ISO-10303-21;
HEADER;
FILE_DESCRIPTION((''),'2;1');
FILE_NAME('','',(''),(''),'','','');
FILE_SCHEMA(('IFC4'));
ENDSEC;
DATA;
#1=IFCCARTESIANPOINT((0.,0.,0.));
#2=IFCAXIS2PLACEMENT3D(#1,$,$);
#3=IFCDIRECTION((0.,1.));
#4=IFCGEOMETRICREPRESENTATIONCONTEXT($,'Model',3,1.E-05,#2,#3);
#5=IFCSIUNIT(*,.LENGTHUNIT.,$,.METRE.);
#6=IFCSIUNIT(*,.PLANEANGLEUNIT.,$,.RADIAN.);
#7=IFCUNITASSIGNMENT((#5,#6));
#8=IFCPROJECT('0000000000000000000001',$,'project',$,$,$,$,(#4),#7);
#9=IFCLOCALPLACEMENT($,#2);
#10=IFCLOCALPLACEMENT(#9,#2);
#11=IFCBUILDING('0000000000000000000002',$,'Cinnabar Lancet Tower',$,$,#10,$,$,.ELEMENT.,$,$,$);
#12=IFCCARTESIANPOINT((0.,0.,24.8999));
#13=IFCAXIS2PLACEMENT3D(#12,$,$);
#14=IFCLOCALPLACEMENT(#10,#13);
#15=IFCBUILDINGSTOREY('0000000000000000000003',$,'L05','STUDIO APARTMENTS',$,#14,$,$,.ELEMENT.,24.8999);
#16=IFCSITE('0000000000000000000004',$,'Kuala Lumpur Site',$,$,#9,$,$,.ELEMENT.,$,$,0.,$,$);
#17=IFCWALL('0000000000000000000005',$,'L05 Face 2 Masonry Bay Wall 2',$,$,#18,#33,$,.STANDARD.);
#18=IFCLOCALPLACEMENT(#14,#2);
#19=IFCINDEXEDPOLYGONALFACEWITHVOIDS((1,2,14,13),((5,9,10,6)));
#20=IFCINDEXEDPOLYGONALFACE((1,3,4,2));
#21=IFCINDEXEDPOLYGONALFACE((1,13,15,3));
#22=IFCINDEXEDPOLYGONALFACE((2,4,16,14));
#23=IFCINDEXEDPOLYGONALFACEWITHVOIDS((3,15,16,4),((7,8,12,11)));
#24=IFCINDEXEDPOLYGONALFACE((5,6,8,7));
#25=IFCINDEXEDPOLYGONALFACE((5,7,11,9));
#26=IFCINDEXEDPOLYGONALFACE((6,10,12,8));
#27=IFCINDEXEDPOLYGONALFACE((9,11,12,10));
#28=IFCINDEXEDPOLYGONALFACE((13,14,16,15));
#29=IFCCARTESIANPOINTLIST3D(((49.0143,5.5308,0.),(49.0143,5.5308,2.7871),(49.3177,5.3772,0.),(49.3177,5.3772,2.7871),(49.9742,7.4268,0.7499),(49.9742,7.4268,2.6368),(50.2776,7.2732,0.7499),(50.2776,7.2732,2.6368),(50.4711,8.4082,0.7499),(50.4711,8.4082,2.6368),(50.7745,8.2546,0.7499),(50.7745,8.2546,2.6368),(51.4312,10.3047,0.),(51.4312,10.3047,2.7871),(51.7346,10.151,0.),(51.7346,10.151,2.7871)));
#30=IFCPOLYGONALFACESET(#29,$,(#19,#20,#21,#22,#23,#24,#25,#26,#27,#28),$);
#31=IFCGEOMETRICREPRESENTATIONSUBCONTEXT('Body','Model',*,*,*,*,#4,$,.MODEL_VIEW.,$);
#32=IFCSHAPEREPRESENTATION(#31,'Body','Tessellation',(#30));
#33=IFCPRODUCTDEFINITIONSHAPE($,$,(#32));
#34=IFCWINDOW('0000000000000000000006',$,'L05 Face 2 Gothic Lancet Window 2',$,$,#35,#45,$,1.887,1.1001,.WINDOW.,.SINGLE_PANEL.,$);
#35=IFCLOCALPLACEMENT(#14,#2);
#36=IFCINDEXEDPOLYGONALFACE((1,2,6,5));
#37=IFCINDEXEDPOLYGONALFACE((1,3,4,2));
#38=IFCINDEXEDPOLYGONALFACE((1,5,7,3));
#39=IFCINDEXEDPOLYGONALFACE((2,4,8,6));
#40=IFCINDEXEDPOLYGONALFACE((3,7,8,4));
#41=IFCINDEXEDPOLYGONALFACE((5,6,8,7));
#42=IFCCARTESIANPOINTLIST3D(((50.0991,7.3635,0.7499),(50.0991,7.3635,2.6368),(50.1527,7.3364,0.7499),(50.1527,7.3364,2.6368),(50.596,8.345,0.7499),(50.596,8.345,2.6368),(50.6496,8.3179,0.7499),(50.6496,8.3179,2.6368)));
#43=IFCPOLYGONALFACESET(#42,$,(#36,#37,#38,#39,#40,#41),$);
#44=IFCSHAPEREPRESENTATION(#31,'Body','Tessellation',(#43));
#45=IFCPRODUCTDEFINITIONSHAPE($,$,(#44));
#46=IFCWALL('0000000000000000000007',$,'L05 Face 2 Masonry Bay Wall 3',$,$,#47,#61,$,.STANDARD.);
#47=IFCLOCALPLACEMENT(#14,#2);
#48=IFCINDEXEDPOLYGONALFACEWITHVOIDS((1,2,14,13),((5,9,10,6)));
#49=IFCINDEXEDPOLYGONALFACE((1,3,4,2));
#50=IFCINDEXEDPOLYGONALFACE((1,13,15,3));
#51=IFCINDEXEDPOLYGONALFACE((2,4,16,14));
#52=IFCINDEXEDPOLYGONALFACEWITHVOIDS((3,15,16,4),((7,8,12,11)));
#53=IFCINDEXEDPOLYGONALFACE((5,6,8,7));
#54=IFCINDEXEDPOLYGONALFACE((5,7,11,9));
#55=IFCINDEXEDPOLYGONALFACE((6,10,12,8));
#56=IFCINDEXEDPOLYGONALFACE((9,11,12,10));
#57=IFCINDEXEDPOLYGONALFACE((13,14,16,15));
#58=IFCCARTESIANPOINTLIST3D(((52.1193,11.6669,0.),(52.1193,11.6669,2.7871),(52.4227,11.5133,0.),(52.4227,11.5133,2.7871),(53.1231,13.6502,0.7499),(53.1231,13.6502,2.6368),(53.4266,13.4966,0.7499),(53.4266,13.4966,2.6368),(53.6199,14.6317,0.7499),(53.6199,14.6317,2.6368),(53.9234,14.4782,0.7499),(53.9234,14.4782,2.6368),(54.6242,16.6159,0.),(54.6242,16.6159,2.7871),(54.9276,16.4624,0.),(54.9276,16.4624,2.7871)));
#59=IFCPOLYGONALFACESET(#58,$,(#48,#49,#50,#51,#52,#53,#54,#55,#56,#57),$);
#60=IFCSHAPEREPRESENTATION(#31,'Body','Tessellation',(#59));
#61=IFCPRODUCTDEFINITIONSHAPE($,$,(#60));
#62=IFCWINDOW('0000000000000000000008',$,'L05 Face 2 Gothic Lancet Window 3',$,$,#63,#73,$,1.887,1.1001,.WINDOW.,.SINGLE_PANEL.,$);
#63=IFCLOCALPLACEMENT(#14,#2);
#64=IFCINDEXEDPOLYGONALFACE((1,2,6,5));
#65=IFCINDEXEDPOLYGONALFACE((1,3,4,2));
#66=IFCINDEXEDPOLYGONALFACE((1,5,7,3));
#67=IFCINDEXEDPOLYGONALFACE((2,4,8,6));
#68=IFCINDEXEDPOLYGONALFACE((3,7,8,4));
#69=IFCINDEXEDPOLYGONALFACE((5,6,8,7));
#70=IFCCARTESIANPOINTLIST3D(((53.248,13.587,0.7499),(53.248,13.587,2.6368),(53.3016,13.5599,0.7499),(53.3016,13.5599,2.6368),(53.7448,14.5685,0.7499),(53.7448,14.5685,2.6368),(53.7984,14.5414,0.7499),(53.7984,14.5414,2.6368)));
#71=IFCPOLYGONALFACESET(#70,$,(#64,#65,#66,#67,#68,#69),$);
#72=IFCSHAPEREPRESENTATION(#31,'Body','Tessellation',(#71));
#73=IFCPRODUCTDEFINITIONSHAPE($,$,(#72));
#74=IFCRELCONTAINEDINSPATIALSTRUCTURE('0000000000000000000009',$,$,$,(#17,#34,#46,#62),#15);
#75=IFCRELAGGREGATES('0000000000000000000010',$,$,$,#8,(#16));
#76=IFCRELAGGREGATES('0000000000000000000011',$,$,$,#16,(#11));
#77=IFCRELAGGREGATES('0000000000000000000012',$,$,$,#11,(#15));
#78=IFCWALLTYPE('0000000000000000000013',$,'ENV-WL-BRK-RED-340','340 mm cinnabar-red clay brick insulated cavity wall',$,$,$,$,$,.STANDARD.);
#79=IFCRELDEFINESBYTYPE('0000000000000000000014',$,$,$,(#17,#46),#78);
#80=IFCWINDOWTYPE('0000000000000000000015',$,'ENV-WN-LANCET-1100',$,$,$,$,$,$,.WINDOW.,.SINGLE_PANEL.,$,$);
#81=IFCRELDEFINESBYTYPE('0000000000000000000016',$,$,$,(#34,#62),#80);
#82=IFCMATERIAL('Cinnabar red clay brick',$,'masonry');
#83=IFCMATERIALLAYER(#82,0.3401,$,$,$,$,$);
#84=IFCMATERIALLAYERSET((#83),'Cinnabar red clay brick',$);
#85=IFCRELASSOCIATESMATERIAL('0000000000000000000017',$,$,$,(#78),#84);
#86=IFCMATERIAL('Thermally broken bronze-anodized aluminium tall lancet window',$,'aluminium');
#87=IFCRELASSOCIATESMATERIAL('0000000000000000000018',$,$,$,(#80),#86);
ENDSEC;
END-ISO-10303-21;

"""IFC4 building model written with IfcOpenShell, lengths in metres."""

from ifc_helpers import new_model, si_unit, direction, frame, frame_2d, origin, place, context, subcontext, project, spatial, rectangle, extrude, material, layer, layer_set, type_object, element, fill, save


model = new_model("IFC4")

# Units and contexts
model_context = context("Model", 3, precision=1e-05, world=origin(), true_north=direction((0.0, 1.0)))
body_context = subcontext(model_context, "Body", "Model", "MODEL_VIEW")
ifc_project = project(units=[si_unit("LENGTHUNIT", "METRE"), si_unit("PLANEANGLEUNIT", "RADIAN")], contexts=[model_context])

# Site, building, storey
site_placement = place(None, origin())
site = spatial("IfcSite", under=ifc_project, at=site_placement, Name="Kuala Lumpur Site", CompositionType="ELEMENT", RefElevation=0.0)
building_placement = place(site_placement, origin())
building = spatial("IfcBuilding", under=site, at=building_placement, Name="Cinnabar Lancet Tower", CompositionType="ELEMENT")
storey_placement = place(building_placement, frame((0.0, 0.0, 24.8999)))
storey = spatial("IfcBuildingStorey", under=building, at=storey_placement, Name="L05", Description="STUDIO APARTMENTS", CompositionType="ELEMENT", Elevation=24.8999)

# Shared definitions
ifc_material_1 = material(Name="Cinnabar red clay brick", Category="masonry")
ifc_layer_1 = layer(ifc_material_1, 0.3401)
ifc_layer_set_1 = layer_set([ifc_layer_1], Name="Cinnabar red clay brick")
wall_type_1 = type_object("IfcWallType", Name="ENV-WL-BRK-RED-340", Description="340 mm cinnabar-red clay brick insulated cavity wall", PredefinedType="STANDARD", material=ifc_layer_set_1)

# Walls, openings, windows
wall_1_placement = place(storey_placement, frame((49.166, 5.4541, 0.0), z_axis=(0.0, 0.0, 1.0), x_axis=(0.451698, 0.892171, 0.0)))
wall_1 = element("IfcWall", 1, at=wall_1_placement, inside=storey, type_object=wall_type_1, Name="L05 Face 2 Masonry Bay Wall 2", PredefinedType="STANDARD", context=body_context, shape_type="SweptSolid", body=[
    extrude(rectangle(XDim=5.3508, YDim=0.3401, at=frame_2d((2.6753, 0.0))), origin(), (0.0, 0.0, 1.0), 2.7871),
])
opening_1_placement = place(wall_1_placement, frame((2.125, 0.0, 0.75)))
opening_1 = element("IfcOpeningElement", 2, at=opening_1_placement, cuts=wall_1, PredefinedType="OPENING", context=body_context, shape_type="SweptSolid", body=[
    extrude(rectangle(XDim=1.1001, YDim=1.887, at=frame_2d((0.55, 0.9434))), frame((0.0, 0.1799, 0.0), z_axis=(0.0, -1.0, 0.0), x_axis=(1.0, 0.0, 0.0)), (0.0, 0.0, 1.0), 0.3601),
])
ifc_material_2 = material(Name="Thermally broken bronze-anodized aluminium tall lancet window", Category="aluminium")
window_type = type_object("IfcWindowType", Name="ENV-WN-LANCET-1100", PartitioningType="SINGLE_PANEL", PredefinedType="WINDOW", material=ifc_material_2)
window_1_placement = place(opening_1_placement, origin())
window_1 = element("IfcWindow", 3, at=window_1_placement, inside=storey, type_object=window_type, Name="L05 Face 2 Gothic Lancet Window 2", OverallHeight=1.887, OverallWidth=1.1001, PartitioningType="SINGLE_PANEL", PredefinedType="WINDOW", context=body_context, shape_type="SweptSolid", body=[
    extrude(rectangle(XDim=1.1001, YDim=1.887, at=frame_2d((0.55, 0.9434))), frame((0.0, 0.03, 0.0), z_axis=(0.0, -1.0, 0.0), x_axis=(1.0, 0.0, 0.0)), (0.0, 0.0, 1.0), 0.0601),
])
fill(opening_1, window_1)
wall_2_placement = place(storey_placement, frame((52.271, 11.5901, 0.0), z_axis=(0.0, 0.0, 1.0), x_axis=(0.451592, 0.892225, 0.0)))
wall_2 = element("IfcWall", 4, at=wall_2_placement, inside=storey, type_object=wall_type_1, Name="L05 Face 2 Masonry Bay Wall 3", PredefinedType="STANDARD", context=body_context, shape_type="SweptSolid", body=[
    extrude(rectangle(XDim=5.5469, YDim=0.3401, at=frame_2d((2.7734, 0.0))), origin(), (0.0, 0.0, 1.0), 2.7871),
])
opening_2_placement = place(wall_2_placement, frame((2.2229, 0.0, 0.75)))
opening_2 = element("IfcOpeningElement", 5, at=opening_2_placement, cuts=wall_2, PredefinedType="OPENING", context=body_context, shape_type="SweptSolid", body=[
    extrude(rectangle(XDim=1.1001, YDim=1.887, at=frame_2d((0.55, 0.9434))), frame((0.0, 0.1799, 0.0), z_axis=(0.0, -1.0, 0.0), x_axis=(1.0, 0.0, 0.0)), (0.0, 0.0, 1.0), 0.3601),
])
window_2_placement = place(opening_2_placement, origin())
window_2 = element("IfcWindow", 6, at=window_2_placement, inside=storey, type_object=window_type, Name="L05 Face 2 Gothic Lancet Window 3", OverallHeight=1.887, OverallWidth=1.1001, PartitioningType="SINGLE_PANEL", PredefinedType="WINDOW", context=body_context, shape_type="SweptSolid", body=[
    extrude(rectangle(XDim=1.1001, YDim=1.887, at=frame_2d((0.55, 0.9434))), frame((0.0, 0.03, 0.0), z_axis=(0.0, -1.0, 0.0), x_axis=(1.0, 0.0, 0.0)), (0.0, 0.0, 1.0), 0.0601),
])
fill(opening_2, window_2)

save(model, "model.ifc")
